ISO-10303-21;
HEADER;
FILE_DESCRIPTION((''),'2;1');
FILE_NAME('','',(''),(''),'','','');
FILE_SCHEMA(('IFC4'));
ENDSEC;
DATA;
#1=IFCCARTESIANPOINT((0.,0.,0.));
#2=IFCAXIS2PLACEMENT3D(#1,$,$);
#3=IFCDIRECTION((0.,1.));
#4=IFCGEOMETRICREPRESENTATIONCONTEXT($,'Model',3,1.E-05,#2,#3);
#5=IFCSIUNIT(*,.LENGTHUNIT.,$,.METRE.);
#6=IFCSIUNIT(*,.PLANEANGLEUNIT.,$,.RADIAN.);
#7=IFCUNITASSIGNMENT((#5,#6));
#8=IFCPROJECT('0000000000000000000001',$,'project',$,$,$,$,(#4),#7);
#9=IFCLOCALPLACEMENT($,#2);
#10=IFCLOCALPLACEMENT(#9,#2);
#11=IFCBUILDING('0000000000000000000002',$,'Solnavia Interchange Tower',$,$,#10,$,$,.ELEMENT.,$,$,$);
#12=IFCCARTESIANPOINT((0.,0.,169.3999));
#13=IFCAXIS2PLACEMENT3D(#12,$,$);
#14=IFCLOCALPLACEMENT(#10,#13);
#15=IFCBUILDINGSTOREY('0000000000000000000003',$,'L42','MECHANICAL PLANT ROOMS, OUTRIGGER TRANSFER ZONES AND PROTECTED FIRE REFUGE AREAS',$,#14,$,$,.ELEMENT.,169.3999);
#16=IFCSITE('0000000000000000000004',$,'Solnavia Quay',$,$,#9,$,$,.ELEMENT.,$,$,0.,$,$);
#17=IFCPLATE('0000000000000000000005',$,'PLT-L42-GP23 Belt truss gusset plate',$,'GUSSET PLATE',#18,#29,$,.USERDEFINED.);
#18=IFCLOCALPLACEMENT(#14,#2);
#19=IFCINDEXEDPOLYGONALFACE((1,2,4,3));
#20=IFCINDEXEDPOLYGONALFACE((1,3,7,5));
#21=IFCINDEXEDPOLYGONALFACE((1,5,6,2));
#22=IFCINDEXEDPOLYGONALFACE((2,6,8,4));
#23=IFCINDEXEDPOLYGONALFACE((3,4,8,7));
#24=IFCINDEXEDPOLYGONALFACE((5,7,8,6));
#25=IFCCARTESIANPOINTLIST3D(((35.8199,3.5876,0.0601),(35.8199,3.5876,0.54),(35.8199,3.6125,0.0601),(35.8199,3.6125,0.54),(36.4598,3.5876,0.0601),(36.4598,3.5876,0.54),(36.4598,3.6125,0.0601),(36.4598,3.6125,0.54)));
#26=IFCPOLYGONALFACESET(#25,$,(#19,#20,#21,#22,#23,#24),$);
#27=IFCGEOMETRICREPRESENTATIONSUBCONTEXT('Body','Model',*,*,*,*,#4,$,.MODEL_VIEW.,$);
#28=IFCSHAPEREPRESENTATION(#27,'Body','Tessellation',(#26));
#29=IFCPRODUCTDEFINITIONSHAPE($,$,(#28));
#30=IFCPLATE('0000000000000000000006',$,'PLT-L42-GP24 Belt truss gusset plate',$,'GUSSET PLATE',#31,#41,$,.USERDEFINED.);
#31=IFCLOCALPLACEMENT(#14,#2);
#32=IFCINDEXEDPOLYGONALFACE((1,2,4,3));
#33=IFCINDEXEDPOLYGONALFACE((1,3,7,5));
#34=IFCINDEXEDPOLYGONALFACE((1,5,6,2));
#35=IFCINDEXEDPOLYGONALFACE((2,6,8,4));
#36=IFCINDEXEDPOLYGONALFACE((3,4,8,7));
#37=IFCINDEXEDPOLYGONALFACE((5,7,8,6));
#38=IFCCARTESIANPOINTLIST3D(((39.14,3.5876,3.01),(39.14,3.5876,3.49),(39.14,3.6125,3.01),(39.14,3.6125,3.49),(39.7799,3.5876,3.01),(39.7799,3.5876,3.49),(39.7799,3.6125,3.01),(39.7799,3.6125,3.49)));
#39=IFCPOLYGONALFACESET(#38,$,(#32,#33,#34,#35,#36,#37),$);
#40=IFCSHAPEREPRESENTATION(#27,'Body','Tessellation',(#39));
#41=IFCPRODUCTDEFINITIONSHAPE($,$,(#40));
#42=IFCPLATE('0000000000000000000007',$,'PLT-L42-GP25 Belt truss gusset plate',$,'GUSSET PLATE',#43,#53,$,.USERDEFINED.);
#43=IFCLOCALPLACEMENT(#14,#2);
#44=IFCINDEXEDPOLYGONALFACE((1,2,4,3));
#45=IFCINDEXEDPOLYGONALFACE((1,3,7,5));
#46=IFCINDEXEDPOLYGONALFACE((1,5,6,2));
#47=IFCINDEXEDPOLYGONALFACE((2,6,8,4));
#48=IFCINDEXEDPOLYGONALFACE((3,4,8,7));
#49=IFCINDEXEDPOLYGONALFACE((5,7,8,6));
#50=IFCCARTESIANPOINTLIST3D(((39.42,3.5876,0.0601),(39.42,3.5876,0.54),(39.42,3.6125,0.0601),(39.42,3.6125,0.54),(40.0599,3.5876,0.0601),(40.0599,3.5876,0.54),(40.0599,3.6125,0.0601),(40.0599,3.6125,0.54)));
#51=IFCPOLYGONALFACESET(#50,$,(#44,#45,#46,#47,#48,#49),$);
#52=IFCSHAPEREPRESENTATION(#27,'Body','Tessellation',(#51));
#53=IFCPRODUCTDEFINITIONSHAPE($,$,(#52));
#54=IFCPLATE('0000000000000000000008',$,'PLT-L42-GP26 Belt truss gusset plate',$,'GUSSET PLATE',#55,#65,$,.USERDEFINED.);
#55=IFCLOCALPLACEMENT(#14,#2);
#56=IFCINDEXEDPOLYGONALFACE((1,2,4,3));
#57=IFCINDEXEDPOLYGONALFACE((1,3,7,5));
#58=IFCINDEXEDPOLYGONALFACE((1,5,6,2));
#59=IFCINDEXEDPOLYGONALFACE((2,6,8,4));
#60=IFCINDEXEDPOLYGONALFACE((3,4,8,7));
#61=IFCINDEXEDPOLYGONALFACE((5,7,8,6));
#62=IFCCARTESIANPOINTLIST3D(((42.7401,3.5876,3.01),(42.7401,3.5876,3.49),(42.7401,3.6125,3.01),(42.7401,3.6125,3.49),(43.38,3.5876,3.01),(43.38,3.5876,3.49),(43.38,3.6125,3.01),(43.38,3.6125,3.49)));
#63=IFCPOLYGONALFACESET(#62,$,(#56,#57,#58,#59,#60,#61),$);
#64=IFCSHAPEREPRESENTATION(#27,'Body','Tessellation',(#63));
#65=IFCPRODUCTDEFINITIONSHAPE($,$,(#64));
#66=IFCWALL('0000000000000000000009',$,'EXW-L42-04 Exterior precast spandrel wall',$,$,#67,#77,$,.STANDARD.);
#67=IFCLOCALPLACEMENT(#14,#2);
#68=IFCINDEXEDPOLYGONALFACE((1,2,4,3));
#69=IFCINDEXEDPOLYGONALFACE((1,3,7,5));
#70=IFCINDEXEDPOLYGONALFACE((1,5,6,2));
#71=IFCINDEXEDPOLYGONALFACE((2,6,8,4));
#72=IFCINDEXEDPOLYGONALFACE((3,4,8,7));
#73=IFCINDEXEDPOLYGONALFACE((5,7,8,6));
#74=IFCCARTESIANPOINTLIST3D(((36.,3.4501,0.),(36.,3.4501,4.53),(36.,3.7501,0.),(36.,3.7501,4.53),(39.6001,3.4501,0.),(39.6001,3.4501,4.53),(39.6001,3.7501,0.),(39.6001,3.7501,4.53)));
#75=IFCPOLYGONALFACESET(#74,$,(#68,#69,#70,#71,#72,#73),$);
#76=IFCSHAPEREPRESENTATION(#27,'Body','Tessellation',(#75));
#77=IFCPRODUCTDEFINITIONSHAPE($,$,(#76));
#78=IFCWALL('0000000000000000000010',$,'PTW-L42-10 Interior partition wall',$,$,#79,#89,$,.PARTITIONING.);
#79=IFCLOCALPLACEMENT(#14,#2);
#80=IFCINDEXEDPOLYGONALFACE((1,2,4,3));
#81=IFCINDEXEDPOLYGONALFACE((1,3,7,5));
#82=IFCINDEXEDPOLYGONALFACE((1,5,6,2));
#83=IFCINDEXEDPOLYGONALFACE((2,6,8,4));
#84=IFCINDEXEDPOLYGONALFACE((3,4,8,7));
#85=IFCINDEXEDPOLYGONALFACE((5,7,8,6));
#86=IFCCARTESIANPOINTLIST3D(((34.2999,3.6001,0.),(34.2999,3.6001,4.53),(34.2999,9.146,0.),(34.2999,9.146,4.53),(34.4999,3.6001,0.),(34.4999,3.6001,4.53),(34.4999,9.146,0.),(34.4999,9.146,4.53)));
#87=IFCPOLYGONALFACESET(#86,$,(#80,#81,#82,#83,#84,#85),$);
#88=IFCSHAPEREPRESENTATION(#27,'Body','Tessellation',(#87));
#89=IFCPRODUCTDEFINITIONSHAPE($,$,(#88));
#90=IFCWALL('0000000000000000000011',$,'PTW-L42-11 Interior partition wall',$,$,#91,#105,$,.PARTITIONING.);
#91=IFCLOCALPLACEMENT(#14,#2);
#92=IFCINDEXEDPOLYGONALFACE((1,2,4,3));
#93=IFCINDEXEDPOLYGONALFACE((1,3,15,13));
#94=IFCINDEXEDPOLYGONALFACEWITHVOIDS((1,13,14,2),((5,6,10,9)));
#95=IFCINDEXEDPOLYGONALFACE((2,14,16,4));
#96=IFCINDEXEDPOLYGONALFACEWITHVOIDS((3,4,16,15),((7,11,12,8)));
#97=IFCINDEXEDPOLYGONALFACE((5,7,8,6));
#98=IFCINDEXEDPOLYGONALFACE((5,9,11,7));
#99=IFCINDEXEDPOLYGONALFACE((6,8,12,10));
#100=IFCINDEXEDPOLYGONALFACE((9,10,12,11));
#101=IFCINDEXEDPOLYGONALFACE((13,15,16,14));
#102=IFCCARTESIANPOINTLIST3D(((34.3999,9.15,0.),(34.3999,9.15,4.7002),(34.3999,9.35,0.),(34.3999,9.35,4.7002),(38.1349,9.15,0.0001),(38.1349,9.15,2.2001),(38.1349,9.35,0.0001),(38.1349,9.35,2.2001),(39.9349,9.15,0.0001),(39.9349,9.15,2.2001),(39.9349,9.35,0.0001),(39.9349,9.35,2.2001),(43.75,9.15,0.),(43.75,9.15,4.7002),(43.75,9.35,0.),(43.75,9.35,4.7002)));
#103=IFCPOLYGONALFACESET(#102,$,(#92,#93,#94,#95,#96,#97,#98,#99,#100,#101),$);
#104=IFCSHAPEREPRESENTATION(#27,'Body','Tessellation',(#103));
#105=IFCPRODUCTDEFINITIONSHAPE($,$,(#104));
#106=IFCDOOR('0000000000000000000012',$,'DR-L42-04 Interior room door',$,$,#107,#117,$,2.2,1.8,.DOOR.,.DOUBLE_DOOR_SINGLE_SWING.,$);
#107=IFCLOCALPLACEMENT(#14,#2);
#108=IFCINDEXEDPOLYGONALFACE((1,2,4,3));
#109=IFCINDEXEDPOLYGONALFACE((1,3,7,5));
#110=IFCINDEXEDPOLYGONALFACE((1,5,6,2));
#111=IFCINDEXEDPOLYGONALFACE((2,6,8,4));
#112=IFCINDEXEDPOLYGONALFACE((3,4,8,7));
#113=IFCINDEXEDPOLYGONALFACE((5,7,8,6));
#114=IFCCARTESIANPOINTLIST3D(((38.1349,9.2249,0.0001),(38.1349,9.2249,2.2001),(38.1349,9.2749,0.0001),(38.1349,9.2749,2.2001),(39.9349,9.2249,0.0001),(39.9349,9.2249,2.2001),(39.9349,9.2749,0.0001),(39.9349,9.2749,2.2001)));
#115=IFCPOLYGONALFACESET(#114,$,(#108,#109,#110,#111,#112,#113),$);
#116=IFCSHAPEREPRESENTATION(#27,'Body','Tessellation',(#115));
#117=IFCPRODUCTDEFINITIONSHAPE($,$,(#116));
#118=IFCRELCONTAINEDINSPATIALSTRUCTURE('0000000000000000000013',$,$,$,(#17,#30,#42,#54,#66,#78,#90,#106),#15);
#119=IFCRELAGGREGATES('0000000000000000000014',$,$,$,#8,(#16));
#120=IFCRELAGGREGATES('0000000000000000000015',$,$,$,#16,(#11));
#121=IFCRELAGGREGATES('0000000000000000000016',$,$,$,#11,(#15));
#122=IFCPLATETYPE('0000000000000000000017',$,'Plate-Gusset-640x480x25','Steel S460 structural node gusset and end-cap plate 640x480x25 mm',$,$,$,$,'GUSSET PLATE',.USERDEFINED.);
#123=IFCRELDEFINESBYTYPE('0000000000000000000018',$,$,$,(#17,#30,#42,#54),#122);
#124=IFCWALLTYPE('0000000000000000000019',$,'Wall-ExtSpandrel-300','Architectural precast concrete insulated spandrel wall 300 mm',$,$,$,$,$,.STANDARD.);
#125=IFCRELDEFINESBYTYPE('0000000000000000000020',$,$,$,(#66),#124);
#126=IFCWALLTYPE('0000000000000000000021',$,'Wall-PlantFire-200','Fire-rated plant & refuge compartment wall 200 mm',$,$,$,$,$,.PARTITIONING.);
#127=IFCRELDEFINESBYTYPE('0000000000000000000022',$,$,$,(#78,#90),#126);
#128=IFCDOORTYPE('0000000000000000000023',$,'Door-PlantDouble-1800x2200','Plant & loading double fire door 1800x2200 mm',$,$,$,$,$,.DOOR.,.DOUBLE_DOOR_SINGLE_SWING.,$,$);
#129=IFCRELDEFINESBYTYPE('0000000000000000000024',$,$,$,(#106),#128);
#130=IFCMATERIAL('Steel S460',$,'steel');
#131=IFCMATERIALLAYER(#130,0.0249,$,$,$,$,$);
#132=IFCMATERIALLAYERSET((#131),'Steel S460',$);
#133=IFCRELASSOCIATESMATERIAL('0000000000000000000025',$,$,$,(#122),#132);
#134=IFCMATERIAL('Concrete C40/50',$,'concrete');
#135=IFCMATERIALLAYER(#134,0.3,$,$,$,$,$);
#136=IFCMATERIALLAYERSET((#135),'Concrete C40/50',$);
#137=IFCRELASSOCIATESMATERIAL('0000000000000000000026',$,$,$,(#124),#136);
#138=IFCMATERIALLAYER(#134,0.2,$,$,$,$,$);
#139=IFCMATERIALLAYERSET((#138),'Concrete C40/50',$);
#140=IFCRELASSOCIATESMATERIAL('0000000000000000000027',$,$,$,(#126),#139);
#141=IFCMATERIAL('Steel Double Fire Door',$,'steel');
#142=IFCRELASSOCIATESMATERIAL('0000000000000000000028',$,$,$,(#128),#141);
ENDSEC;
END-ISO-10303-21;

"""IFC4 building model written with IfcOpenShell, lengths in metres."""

from ifc_helpers import new_model, si_unit, direction, frame, frame_2d, origin, origin_2d, place, context, subcontext, project, spatial, rectangle, extrude, material, layer, layer_set, type_object, element, fill, save


model = new_model("IFC4")

# Units and contexts
model_context = context("Model", 3, precision=1e-05, world=origin(), true_north=direction((0.0, 1.0)))
body_context = subcontext(model_context, "Body", "Model", "MODEL_VIEW")
ifc_project = project(units=[si_unit("LENGTHUNIT", "METRE"), si_unit("PLANEANGLEUNIT", "RADIAN")], contexts=[model_context])

# Site, building, storey
site_placement = place(None, origin())
site = spatial("IfcSite", under=ifc_project, at=site_placement, Name="Solnavia Quay", CompositionType="ELEMENT", RefElevation=0.0)
building_placement = place(site_placement, origin())
building = spatial("IfcBuilding", under=site, at=building_placement, Name="Solnavia Interchange Tower", CompositionType="ELEMENT")
storey_placement = place(building_placement, frame((0.0, 0.0, 169.3999)))
storey = spatial("IfcBuildingStorey", under=building, at=storey_placement, Name="L42", Description="MECHANICAL PLANT ROOMS, OUTRIGGER TRANSFER ZONES AND PROTECTED FIRE REFUGE AREAS", CompositionType="ELEMENT", Elevation=169.3999)

# Shared definitions
ifc_material_1 = material(Name="Steel S460", Category="steel")

# Plates
ifc_layer_1 = layer(ifc_material_1, 0.0249)
ifc_layer_set_1 = layer_set([ifc_layer_1], Name="Steel S460")
plate_type_1 = type_object("IfcPlateType", Name="Plate-Gusset-640x480x25", Description="Steel S460 structural node gusset and end-cap plate 640x480x25 mm", ElementType="GUSSET PLATE", PredefinedType="USERDEFINED", material=ifc_layer_set_1)
for number, where, z_axis, x_axis, name in (
    (1, (36.1399, 3.6001, 0.0601), (0.0, 0.0, 1.0), (1.0, 0.0, 0.0), "PLT-L42-GP23 Belt truss gusset plate"),
    (2, (39.46, 3.6001, 3.01), (0.0, 0.0, 1.0), (1.0, 0.0, 0.0), "PLT-L42-GP24 Belt truss gusset plate"),
    (3, (39.74, 3.6001, 0.0601), (0.0, 0.0, 1.0), (1.0, 0.0, 0.0), "PLT-L42-GP25 Belt truss gusset plate"),
    (4, (43.0601, 3.6001, 3.01), (0.0, 0.0, 1.0), (1.0, 0.0, 0.0), "PLT-L42-GP26 Belt truss gusset plate"),
):
    element("IfcPlate", number, at=place(storey_placement, frame(where, z_axis=z_axis, x_axis=x_axis)), inside=storey, type_object=plate_type_1, Name=name, ObjectType="GUSSET PLATE", PredefinedType="USERDEFINED", context=body_context, shape_type="SweptSolid", body=[
        extrude(rectangle(XDim=0.6399, YDim=0.0249, at=origin_2d()), origin(), (0.0, 0.0, 1.0), 0.48),
    ])

# Walls
ifc_material_2 = material(Name="Concrete C40/50", Category="concrete")
ifc_layer_2 = layer(ifc_material_2, 0.3)
ifc_layer_set_2 = layer_set([ifc_layer_2], Name="Concrete C40/50")
wall_type_1 = type_object("IfcWallType", Name="Wall-ExtSpandrel-300", Description="Architectural precast concrete insulated spandrel wall 300 mm", PredefinedType="STANDARD", material=ifc_layer_set_2)
wall_1_placement = place(storey_placement, frame((39.6001, 3.6001, 0.0), z_axis=(0.0, 0.0, 1.0), x_axis=(-1.0, 0.0, 0.0)))
element("IfcWall", 5, at=wall_1_placement, inside=storey, type_object=wall_type_1, Name="EXW-L42-04 Exterior precast spandrel wall", PredefinedType="STANDARD", context=body_context, shape_type="SweptSolid", body=[
    extrude(rectangle(XDim=3.6001, YDim=0.3, at=frame_2d((1.8, 0.0))), origin(), (0.0, 0.0, 1.0), 4.53),
])
ifc_layer_3 = layer(ifc_material_2, 0.2)
ifc_layer_set_3 = layer_set([ifc_layer_3], Name="Concrete C40/50")
wall_type_2 = type_object("IfcWallType", Name="Wall-PlantFire-200", Description="Fire-rated plant & refuge compartment wall 200 mm", PredefinedType="PARTITIONING", material=ifc_layer_set_3)
wall_2_placement = place(storey_placement, frame((34.3999, 3.6001, 0.0), z_axis=(0.0, 0.0, 1.0), x_axis=(0.0, 1.0, 0.0)))
element("IfcWall", 6, at=wall_2_placement, inside=storey, type_object=wall_type_2, Name="PTW-L42-10 Interior partition wall", PredefinedType="PARTITIONING", context=body_context, shape_type="SweptSolid", body=[
    extrude(rectangle(XDim=5.5459, YDim=0.2, at=frame_2d((2.7729, 0.0))), origin(), (0.0, 0.0, 1.0), 4.53),
])

# Wall, opening, door
wall_3_placement = place(storey_placement, frame((34.3999, 9.25, 0.0), z_axis=(0.0, 0.0, 1.0), x_axis=(1.0, 0.0, 0.0)))
wall_3 = element("IfcWall", 7, at=wall_3_placement, inside=storey, type_object=wall_type_2, Name="PTW-L42-11 Interior partition wall", PredefinedType="PARTITIONING", context=body_context, shape_type="SweptSolid", body=[
    extrude(rectangle(XDim=9.3501, YDim=0.2, at=frame_2d((4.675, 0.0))), origin(), (0.0, 0.0, 1.0), 4.7002),
])
opening_placement = place(wall_3_placement, frame((3.7351, 0.0, 0.0)))
opening = element("IfcOpeningElement", 8, at=opening_placement, cuts=wall_3, PredefinedType="OPENING", context=body_context, shape_type="SweptSolid", body=[
    extrude(rectangle(XDim=1.8, YDim=2.2, at=frame_2d((0.8999, 1.1001))), frame((0.0, 0.1099, 0.0), z_axis=(0.0, -1.0, 0.0), x_axis=(1.0, 0.0, 0.0)), (0.0, 0.0, 1.0), 0.22),
])
ifc_material_3 = material(Name="Steel Double Fire Door", Category="steel")
door_type = type_object("IfcDoorType", Name="Door-PlantDouble-1800x2200", Description="Plant & loading double fire door 1800x2200 mm", OperationType="DOUBLE_DOOR_SINGLE_SWING", PredefinedType="DOOR", material=ifc_material_3)
door_placement = place(opening_placement, origin())
door = element("IfcDoor", 9, at=door_placement, inside=storey, type_object=door_type, Name="DR-L42-04 Interior room door", OperationType="DOUBLE_DOOR_SINGLE_SWING", OverallHeight=2.2, OverallWidth=1.8, PredefinedType="DOOR", context=body_context, shape_type="SweptSolid", body=[
    extrude(rectangle(XDim=1.8, YDim=2.2, at=frame_2d((0.8999, 1.1001))), frame((0.0, 0.0249, 0.0), z_axis=(0.0, -1.0, 0.0), x_axis=(1.0, 0.0, 0.0)), (0.0, 0.0, 1.0), 0.05),
])
fill(opening, door)

save(model, "model.ifc")
